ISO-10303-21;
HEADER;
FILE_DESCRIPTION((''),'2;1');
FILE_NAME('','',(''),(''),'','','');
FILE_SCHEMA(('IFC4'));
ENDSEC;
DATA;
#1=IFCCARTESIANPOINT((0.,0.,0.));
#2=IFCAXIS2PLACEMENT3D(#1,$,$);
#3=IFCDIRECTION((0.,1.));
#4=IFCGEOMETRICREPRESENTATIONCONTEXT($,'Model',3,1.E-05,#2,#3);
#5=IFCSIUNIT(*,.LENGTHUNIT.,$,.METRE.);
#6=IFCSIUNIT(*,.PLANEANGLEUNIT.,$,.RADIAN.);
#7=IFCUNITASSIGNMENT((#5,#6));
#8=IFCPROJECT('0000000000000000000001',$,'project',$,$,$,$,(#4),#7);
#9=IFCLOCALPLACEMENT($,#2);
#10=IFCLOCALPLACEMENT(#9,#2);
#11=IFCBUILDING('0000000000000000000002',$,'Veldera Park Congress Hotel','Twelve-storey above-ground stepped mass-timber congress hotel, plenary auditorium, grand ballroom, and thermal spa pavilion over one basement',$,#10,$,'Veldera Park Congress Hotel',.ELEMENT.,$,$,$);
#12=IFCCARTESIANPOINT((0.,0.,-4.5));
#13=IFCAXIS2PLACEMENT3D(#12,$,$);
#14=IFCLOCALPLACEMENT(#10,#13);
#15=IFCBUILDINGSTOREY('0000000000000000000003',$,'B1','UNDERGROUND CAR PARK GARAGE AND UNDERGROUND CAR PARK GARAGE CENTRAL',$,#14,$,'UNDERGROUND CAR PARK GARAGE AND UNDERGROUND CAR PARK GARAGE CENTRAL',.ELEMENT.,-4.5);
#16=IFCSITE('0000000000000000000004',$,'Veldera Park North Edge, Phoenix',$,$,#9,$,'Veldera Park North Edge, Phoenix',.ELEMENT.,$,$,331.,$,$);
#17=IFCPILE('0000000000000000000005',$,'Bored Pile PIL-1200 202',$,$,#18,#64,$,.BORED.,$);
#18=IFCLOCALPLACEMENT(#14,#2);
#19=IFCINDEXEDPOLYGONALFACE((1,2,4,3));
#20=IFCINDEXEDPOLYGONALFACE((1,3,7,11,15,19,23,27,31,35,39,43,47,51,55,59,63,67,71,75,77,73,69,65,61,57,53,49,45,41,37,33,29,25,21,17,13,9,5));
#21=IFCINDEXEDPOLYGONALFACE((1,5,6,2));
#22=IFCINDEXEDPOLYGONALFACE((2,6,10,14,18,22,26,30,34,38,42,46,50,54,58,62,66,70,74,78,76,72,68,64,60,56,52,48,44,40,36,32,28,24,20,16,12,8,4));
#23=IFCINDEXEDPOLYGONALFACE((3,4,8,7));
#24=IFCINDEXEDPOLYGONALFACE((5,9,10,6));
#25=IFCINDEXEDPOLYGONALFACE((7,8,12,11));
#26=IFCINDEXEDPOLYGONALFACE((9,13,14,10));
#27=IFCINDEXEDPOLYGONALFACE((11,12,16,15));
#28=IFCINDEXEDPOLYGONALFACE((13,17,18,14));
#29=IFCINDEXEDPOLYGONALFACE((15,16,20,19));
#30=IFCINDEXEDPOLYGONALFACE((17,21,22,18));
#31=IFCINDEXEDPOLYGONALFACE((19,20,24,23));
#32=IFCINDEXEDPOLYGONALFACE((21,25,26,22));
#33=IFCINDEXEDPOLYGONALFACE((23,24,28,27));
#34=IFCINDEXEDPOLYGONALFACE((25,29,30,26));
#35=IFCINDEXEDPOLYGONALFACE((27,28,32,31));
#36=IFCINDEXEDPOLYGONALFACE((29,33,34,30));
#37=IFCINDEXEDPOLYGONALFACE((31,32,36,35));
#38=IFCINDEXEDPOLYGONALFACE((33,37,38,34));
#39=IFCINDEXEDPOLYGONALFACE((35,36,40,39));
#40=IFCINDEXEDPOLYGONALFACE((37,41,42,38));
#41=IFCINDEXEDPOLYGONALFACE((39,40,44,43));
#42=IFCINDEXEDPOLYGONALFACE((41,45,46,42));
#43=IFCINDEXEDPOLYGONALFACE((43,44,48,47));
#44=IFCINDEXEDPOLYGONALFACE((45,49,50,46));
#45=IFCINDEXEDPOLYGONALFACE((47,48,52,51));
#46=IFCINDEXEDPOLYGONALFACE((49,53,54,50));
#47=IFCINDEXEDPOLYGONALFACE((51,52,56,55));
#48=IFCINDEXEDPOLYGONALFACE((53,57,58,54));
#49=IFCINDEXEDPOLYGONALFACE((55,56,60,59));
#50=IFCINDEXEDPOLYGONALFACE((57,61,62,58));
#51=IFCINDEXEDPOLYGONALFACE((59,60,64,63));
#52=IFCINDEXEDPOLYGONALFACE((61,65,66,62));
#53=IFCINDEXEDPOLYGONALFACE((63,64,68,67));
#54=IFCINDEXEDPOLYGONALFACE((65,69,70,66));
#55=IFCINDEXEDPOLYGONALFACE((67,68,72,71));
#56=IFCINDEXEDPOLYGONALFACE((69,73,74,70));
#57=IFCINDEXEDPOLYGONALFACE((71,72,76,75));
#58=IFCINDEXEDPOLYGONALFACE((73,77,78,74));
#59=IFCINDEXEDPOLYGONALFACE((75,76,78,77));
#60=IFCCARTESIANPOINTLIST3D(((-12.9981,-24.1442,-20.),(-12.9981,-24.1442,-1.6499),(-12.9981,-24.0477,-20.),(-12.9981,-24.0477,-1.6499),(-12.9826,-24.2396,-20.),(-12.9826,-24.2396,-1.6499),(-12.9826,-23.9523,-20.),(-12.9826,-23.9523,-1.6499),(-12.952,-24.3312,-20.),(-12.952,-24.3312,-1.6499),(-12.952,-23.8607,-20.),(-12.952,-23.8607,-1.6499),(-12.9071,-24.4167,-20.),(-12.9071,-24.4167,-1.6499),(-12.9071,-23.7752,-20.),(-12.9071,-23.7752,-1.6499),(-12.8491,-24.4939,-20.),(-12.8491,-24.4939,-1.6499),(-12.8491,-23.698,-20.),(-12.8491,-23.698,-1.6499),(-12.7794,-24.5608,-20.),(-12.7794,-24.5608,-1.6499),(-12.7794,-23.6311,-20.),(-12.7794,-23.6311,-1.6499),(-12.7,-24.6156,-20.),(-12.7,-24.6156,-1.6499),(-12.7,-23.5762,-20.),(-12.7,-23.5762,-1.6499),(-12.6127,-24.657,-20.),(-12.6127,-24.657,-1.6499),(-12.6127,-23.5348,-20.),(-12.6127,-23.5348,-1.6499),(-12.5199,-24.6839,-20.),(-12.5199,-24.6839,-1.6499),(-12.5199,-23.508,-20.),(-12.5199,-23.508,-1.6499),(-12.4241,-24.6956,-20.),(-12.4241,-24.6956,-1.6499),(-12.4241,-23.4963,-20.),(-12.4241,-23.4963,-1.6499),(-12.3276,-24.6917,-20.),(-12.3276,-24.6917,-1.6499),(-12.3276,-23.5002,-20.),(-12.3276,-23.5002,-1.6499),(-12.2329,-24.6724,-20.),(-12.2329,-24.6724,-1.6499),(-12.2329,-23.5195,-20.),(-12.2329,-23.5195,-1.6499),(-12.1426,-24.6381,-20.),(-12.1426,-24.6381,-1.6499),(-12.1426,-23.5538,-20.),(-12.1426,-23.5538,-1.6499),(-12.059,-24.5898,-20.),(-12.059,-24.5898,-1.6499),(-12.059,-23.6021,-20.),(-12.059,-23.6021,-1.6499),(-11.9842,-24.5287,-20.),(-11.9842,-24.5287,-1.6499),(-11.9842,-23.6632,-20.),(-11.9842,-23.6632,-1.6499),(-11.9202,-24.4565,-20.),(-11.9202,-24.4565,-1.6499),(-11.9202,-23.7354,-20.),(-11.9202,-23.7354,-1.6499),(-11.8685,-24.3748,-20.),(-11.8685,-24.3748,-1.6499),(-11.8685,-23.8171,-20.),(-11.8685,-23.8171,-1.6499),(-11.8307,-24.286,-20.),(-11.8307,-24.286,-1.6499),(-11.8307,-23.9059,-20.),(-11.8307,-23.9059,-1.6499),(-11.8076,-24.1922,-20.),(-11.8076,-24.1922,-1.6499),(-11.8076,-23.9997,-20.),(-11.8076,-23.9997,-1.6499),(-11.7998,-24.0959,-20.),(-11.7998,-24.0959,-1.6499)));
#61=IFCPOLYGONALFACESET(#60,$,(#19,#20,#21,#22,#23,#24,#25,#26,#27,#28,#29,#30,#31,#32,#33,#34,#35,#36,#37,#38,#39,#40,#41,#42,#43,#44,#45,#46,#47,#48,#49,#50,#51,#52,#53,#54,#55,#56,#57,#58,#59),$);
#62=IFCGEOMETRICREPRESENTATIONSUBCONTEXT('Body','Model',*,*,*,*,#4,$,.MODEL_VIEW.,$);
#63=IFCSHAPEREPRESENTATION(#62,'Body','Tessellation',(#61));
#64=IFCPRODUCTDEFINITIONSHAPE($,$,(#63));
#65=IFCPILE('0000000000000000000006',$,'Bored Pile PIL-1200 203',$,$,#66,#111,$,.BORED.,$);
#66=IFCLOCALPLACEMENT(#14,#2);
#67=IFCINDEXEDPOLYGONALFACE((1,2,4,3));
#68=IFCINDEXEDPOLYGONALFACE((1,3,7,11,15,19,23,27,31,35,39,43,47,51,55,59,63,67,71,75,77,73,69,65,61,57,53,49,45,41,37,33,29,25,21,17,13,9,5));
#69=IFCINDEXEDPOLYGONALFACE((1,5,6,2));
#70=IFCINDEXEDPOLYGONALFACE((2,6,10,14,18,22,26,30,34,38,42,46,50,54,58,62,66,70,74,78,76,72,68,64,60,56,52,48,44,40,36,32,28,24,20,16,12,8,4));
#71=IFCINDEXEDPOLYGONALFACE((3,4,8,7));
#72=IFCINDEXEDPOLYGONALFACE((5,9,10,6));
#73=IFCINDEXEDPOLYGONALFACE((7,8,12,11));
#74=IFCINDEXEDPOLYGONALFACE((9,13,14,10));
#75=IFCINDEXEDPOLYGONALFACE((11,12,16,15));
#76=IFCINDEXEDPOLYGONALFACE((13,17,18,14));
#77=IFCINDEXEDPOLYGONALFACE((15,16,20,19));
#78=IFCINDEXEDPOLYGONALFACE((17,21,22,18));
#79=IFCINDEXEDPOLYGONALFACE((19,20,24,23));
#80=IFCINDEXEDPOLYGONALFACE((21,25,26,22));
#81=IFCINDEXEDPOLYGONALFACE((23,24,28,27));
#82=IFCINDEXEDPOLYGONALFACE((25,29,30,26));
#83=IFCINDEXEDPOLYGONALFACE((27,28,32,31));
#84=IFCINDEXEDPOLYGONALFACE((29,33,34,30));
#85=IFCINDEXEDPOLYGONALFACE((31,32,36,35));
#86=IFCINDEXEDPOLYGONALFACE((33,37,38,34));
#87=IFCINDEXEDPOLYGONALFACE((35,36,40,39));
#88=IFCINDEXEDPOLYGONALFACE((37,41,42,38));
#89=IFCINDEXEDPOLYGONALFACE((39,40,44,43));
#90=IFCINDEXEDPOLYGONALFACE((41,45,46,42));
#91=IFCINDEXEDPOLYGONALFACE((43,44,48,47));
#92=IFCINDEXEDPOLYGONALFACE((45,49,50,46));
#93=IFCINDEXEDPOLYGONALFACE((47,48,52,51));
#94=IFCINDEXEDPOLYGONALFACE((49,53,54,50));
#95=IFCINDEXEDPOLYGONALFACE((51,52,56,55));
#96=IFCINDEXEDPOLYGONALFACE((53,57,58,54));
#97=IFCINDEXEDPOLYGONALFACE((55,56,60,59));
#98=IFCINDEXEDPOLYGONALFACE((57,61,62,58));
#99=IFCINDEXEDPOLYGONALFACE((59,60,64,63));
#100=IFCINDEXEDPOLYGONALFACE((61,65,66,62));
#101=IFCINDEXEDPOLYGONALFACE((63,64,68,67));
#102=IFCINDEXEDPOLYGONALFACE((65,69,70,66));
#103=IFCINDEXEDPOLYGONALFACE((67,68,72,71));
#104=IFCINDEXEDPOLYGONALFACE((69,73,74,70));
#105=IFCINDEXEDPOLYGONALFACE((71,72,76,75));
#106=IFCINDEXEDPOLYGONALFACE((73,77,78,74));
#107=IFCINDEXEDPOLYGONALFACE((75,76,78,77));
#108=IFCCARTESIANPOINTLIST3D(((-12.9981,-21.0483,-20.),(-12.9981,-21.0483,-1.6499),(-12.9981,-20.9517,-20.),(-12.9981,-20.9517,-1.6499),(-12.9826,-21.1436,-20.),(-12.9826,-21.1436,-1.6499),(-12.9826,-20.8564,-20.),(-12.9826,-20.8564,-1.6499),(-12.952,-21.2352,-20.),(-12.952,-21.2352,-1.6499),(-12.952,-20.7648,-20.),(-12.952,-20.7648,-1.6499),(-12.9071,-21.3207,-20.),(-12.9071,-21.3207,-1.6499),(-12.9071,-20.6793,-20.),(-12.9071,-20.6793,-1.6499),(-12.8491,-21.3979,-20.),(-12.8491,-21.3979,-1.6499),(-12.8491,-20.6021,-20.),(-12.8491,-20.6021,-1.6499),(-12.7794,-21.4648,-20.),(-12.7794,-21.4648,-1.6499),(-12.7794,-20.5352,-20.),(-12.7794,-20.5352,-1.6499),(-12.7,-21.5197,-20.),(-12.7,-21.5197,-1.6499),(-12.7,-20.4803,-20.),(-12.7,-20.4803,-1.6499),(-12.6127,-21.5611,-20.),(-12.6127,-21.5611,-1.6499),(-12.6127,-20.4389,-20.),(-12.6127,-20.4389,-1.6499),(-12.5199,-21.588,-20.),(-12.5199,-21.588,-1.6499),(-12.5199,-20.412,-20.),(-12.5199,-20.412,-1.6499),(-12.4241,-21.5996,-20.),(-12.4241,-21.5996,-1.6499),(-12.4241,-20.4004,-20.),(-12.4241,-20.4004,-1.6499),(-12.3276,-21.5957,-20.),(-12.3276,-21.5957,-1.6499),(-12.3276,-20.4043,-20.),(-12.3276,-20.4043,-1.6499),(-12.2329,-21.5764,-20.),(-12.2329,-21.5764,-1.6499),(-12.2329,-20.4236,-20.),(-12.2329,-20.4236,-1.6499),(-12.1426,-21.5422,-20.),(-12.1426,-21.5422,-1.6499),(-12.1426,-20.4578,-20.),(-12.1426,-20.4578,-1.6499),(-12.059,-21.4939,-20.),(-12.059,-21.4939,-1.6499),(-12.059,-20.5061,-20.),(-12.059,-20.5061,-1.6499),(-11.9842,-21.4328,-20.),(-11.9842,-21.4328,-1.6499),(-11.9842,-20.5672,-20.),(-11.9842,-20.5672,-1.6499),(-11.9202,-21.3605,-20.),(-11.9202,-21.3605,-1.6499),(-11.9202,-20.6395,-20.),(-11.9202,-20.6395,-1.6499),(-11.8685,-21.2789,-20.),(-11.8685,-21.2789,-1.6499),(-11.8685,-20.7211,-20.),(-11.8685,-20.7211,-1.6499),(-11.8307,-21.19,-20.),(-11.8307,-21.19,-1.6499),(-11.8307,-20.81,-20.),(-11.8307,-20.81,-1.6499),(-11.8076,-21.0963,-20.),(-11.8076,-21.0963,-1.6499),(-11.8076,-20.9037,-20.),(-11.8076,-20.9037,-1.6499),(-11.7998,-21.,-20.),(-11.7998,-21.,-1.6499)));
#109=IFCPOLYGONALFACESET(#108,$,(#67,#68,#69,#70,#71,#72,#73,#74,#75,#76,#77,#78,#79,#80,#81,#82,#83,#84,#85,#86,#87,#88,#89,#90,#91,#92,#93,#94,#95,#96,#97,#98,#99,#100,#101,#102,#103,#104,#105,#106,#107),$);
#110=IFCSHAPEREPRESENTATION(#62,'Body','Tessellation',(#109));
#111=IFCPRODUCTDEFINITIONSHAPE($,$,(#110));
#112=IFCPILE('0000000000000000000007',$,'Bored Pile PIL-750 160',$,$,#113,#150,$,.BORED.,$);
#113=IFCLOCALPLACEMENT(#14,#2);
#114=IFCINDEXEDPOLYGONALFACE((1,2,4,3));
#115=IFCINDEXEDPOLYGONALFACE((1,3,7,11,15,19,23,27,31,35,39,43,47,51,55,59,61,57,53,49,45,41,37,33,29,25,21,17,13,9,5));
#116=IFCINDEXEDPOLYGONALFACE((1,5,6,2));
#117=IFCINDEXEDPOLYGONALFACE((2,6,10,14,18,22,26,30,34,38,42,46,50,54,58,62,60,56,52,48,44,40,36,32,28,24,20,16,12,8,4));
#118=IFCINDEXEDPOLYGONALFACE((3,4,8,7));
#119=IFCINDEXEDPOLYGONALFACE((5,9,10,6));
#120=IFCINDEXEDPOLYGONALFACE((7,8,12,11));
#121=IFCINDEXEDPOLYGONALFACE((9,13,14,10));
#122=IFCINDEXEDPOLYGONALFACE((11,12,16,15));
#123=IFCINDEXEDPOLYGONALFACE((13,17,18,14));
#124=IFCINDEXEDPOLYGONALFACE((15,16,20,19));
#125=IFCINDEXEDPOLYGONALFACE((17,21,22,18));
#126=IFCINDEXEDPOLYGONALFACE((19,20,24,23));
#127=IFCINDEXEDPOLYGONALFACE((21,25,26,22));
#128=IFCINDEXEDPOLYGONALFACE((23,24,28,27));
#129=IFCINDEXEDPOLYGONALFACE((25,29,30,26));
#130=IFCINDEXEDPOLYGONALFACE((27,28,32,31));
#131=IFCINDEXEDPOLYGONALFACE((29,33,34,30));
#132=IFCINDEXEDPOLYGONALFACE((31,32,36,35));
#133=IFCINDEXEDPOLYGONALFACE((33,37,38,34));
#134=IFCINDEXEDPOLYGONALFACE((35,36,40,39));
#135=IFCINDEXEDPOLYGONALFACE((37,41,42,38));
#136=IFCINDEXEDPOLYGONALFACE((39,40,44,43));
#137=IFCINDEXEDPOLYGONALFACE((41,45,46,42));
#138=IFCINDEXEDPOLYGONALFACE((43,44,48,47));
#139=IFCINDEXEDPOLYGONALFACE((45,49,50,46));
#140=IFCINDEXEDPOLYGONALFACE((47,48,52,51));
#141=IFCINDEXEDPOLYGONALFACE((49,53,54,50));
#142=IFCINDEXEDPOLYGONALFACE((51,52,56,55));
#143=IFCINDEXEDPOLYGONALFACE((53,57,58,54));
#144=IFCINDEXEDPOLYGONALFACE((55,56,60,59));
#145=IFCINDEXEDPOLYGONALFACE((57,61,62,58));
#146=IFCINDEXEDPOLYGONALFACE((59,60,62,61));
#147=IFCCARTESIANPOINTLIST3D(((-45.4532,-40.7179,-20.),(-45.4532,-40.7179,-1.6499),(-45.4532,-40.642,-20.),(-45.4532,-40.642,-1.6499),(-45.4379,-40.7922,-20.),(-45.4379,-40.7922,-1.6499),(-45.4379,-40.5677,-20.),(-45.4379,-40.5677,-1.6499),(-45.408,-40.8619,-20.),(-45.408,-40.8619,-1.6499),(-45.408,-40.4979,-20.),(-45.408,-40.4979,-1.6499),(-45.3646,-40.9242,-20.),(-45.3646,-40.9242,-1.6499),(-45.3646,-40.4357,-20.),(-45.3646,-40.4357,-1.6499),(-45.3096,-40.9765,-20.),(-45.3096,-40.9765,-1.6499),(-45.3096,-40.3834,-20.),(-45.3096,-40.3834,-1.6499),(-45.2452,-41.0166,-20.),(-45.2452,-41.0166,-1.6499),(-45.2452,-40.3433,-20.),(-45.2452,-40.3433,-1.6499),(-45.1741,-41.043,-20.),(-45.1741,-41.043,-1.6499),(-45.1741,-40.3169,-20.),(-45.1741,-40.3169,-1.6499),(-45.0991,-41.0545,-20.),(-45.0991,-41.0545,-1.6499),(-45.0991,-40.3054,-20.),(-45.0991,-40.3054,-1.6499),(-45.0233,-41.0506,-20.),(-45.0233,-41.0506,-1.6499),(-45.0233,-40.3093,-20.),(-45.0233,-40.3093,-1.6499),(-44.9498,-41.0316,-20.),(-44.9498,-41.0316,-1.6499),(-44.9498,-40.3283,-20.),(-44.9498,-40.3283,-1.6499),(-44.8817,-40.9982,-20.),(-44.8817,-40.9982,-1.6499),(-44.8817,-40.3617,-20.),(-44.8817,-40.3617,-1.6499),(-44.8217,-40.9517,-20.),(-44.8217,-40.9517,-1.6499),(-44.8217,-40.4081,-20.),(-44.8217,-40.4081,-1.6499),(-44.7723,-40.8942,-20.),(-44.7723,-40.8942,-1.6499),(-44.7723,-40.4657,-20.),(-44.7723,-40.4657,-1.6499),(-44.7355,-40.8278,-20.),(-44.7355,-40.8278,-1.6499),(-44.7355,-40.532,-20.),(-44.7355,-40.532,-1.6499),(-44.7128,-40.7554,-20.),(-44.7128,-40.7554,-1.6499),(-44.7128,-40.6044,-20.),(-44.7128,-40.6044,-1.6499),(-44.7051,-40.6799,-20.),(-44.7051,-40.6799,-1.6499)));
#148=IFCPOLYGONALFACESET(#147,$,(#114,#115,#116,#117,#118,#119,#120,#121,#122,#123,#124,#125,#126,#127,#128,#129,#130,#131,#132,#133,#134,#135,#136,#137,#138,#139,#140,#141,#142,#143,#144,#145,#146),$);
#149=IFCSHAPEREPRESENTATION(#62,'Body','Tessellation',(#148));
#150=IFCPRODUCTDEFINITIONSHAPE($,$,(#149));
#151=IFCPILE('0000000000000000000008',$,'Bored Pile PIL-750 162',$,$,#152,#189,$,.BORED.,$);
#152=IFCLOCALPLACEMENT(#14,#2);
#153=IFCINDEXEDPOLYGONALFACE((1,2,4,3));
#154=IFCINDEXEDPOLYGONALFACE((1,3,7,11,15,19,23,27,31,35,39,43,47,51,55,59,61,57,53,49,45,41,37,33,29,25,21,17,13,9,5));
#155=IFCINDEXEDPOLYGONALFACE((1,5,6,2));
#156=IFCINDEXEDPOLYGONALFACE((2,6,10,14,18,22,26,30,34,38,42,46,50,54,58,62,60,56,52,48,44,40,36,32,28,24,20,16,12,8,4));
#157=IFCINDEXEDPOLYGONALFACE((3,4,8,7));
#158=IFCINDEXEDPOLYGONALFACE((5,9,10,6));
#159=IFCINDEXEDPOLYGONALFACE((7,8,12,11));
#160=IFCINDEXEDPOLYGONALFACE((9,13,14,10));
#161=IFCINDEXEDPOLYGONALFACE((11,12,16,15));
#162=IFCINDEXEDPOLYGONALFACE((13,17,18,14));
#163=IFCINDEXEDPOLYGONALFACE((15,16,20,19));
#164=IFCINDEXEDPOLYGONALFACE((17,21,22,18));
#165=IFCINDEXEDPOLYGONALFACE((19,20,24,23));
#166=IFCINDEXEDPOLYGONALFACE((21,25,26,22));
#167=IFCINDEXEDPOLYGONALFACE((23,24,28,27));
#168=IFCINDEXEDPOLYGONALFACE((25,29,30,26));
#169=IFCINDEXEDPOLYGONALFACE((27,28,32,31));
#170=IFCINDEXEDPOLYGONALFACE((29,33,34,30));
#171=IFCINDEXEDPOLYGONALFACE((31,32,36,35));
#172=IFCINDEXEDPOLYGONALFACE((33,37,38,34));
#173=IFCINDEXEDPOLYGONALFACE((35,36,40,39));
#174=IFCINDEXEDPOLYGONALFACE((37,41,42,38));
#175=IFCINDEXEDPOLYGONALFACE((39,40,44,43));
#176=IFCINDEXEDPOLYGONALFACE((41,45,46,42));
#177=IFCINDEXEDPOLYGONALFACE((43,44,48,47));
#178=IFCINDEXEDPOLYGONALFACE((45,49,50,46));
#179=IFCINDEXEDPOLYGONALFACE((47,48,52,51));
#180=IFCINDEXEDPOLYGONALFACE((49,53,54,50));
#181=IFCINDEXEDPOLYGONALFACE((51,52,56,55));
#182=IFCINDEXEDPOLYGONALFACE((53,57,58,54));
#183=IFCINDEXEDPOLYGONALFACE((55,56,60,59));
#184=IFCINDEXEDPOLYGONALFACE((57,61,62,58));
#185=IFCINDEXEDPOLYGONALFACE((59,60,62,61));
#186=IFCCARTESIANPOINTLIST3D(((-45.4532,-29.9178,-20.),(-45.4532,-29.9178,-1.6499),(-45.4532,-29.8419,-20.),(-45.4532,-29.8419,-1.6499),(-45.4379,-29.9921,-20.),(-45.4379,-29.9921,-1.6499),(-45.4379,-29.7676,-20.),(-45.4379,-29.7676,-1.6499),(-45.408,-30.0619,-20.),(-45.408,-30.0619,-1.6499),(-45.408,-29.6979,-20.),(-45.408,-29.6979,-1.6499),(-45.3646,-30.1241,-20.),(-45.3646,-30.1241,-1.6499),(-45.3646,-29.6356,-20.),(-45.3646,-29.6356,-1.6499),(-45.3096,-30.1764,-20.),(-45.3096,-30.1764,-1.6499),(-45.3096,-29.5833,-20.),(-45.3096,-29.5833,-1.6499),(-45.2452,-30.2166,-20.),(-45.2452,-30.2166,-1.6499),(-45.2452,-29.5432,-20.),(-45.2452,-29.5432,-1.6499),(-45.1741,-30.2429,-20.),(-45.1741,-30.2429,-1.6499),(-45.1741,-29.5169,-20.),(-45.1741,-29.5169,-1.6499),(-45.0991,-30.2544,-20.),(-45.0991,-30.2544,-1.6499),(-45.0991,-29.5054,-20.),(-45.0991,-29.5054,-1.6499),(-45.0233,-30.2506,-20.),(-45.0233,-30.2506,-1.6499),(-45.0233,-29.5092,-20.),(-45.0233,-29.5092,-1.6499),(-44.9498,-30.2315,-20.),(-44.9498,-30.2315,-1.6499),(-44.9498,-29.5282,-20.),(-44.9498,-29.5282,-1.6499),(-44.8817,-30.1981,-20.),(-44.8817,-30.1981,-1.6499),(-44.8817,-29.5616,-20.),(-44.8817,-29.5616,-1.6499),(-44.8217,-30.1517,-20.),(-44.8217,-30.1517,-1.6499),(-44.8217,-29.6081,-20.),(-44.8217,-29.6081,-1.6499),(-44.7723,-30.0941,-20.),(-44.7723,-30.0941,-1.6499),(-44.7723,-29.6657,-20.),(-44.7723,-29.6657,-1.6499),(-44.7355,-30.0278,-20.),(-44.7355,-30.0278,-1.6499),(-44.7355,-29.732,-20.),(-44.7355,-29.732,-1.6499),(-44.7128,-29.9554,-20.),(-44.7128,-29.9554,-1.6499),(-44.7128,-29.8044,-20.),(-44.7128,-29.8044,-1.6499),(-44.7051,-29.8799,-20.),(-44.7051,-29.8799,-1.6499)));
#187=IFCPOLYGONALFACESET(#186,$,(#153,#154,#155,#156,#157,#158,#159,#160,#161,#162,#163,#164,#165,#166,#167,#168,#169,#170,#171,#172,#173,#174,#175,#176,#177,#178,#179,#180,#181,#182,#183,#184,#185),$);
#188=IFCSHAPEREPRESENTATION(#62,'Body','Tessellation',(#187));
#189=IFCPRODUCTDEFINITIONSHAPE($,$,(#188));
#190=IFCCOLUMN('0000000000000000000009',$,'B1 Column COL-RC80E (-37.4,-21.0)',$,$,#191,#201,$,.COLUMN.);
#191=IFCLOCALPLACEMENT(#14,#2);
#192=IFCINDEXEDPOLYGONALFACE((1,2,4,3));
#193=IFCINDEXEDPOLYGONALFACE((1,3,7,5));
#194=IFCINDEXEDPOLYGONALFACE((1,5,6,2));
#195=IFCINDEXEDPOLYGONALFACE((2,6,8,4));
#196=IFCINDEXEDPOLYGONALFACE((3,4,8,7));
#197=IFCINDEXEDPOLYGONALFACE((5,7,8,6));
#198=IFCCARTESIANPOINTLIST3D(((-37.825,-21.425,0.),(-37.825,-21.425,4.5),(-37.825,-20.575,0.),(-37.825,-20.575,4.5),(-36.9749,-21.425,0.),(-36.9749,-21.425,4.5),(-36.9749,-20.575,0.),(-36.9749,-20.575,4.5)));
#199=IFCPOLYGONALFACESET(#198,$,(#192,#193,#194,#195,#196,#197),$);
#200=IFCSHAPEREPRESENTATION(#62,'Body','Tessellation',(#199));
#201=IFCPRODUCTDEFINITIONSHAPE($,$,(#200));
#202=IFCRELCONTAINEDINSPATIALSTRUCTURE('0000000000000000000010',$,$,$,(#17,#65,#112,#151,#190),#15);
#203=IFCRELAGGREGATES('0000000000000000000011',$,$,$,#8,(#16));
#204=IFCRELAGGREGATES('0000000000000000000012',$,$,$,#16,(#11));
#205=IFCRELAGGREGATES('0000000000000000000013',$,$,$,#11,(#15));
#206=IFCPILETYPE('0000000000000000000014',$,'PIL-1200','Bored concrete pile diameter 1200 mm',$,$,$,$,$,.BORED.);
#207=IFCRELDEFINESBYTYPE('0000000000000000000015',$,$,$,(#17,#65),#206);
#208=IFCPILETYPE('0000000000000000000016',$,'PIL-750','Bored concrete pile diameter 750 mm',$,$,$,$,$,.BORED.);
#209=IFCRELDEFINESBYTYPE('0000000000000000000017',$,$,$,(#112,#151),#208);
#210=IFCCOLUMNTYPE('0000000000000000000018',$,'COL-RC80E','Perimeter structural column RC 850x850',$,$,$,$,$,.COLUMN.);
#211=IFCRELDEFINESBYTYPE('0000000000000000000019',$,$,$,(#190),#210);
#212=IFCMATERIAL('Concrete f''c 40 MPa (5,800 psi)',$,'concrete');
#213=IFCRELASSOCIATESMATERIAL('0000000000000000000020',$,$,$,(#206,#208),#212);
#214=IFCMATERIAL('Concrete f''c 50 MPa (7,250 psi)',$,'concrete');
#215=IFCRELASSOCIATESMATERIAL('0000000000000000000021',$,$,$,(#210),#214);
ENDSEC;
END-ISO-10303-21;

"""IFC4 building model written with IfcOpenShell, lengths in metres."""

from ifc_helpers import new_model, si_unit, direction, frame, origin, origin_2d, place, context, subcontext, project, spatial, rectangle, circle, extrude, material, material_profile, profile_set, type_object, element, save


model = new_model("IFC4")

# Units and contexts
model_context = context("Model", 3, precision=1e-05, world=origin(), true_north=direction((0.0, 1.0)))
body_context = subcontext(model_context, "Body", "Model", "MODEL_VIEW")
ifc_project = project(units=[si_unit("LENGTHUNIT", "METRE"), si_unit("PLANEANGLEUNIT", "RADIAN")], contexts=[model_context])

# Site, building, storey
site_placement = place(None, origin())
site = spatial("IfcSite", under=ifc_project, at=site_placement, Name="Veldera Park North Edge, Phoenix", LongName="Veldera Park North Edge, Phoenix", CompositionType="ELEMENT", RefElevation=331.0)
building_placement = place(site_placement, origin())
building = spatial("IfcBuilding", under=site, at=building_placement, Name="Veldera Park Congress Hotel", Description="Twelve-storey above-ground stepped mass-timber congress hotel, plenary auditorium, grand ballroom, and thermal spa pavilion over one basement", LongName="Veldera Park Congress Hotel", CompositionType="ELEMENT")
storey_placement = place(building_placement, frame((0.0, 0.0, -4.5)))
storey = spatial("IfcBuildingStorey", under=building, at=storey_placement, Name="B1", Description="UNDERGROUND CAR PARK GARAGE AND UNDERGROUND CAR PARK GARAGE CENTRAL", LongName="UNDERGROUND CAR PARK GARAGE AND UNDERGROUND CAR PARK GARAGE CENTRAL", CompositionType="ELEMENT", Elevation=-4.5)

# Shared definitions
ifc_material_1 = material(Name="Concrete f'c 40 MPa (5,800 psi)", Category="concrete")

# Piles
ifc_material_profile_1 = material_profile(ifc_material_1, circle(Radius=0.6001, at=origin_2d()), Name="PILE D1200")
ifc_profile_set_1 = profile_set([ifc_material_profile_1], Name="Concrete f'c 40 MPa (5,800 psi)")
pile_type_1 = type_object("IfcPileType", Name="PIL-1200", Description="Bored concrete pile diameter 1200 mm", PredefinedType="BORED", material=ifc_profile_set_1)
for number, where, z_axis, x_axis, name in (
    (1, (-12.3999, -24.0959, -1.6499), (0.0, 0.0, -1.0), (1.0, 0.0, 0.0), "Bored Pile PIL-1200 202"),
    (2, (-12.3999, -21.0, -1.6499), (0.0, 0.0, -1.0), (1.0, 0.0, 0.0), "Bored Pile PIL-1200 203"),
):
    element("IfcPile", number, at=place(storey_placement, frame(where, z_axis=z_axis, x_axis=x_axis)), inside=storey, type_object=pile_type_1, Name=name, PredefinedType="BORED", context=body_context, shape_type="SweptSolid", body=[
        extrude(circle(Radius=0.6001, at=origin_2d()), origin(), (0.0, 0.0, 1.0), 18.3501),
    ])
ifc_material_profile_2 = material_profile(ifc_material_1, circle(Radius=0.375, at=origin_2d()), Name="PILE D750")
ifc_profile_set_2 = profile_set([ifc_material_profile_2], Name="Concrete f'c 40 MPa (5,800 psi)")
pile_type_2 = type_object("IfcPileType", Name="PIL-750", Description="Bored concrete pile diameter 750 mm", PredefinedType="BORED", material=ifc_profile_set_2)
for number, where, z_axis, x_axis, name in (
    (3, (-45.0801, -40.6799, -1.6499), (0.0, 0.0, -1.0), (1.0, 0.0, 0.0), "Bored Pile PIL-750 160"),
    (4, (-45.0801, -29.8799, -1.6499), (0.0, 0.0, -1.0), (1.0, 0.0, 0.0), "Bored Pile PIL-750 162"),
):
    element("IfcPile", number, at=place(storey_placement, frame(where, z_axis=z_axis, x_axis=x_axis)), inside=storey, type_object=pile_type_2, Name=name, PredefinedType="BORED", context=body_context, shape_type="SweptSolid", body=[
        extrude(circle(Radius=0.375, at=origin_2d()), origin(), (0.0, 0.0, 1.0), 18.3501),
    ])

# Column
ifc_material_2 = material(Name="Concrete f'c 50 MPa (7,250 psi)", Category="concrete")
ifc_material_profile_3 = material_profile(ifc_material_2, rectangle(XDim=0.8501, YDim=0.8501, at=origin_2d()), Name="RC 850x850")
ifc_profile_set_3 = profile_set([ifc_material_profile_3], Name="Concrete f'c 50 MPa (7,250 psi)")
column_type_1 = type_object("IfcColumnType", Name="COL-RC80E", Description="Perimeter structural column RC 850x850", PredefinedType="COLUMN", material=ifc_profile_set_3)
for number, where, z_axis, x_axis, name in (
    (5, (-37.3999, -21.0, 0.0), (0.0, 0.0, 1.0), (1.0, 0.0, 0.0), "B1 Column COL-RC80E (-37.4,-21.0)"),
):
    element("IfcColumn", number, at=place(storey_placement, frame(where, z_axis=z_axis, x_axis=x_axis)), inside=storey, type_object=column_type_1, Name=name, PredefinedType="COLUMN", context=body_context, shape_type="SweptSolid", body=[
        extrude(rectangle(XDim=0.8501, YDim=0.8501, at=origin_2d()), origin(), (0.0, 0.0, 1.0), 4.5),
    ])

save(model, "model.ifc")
